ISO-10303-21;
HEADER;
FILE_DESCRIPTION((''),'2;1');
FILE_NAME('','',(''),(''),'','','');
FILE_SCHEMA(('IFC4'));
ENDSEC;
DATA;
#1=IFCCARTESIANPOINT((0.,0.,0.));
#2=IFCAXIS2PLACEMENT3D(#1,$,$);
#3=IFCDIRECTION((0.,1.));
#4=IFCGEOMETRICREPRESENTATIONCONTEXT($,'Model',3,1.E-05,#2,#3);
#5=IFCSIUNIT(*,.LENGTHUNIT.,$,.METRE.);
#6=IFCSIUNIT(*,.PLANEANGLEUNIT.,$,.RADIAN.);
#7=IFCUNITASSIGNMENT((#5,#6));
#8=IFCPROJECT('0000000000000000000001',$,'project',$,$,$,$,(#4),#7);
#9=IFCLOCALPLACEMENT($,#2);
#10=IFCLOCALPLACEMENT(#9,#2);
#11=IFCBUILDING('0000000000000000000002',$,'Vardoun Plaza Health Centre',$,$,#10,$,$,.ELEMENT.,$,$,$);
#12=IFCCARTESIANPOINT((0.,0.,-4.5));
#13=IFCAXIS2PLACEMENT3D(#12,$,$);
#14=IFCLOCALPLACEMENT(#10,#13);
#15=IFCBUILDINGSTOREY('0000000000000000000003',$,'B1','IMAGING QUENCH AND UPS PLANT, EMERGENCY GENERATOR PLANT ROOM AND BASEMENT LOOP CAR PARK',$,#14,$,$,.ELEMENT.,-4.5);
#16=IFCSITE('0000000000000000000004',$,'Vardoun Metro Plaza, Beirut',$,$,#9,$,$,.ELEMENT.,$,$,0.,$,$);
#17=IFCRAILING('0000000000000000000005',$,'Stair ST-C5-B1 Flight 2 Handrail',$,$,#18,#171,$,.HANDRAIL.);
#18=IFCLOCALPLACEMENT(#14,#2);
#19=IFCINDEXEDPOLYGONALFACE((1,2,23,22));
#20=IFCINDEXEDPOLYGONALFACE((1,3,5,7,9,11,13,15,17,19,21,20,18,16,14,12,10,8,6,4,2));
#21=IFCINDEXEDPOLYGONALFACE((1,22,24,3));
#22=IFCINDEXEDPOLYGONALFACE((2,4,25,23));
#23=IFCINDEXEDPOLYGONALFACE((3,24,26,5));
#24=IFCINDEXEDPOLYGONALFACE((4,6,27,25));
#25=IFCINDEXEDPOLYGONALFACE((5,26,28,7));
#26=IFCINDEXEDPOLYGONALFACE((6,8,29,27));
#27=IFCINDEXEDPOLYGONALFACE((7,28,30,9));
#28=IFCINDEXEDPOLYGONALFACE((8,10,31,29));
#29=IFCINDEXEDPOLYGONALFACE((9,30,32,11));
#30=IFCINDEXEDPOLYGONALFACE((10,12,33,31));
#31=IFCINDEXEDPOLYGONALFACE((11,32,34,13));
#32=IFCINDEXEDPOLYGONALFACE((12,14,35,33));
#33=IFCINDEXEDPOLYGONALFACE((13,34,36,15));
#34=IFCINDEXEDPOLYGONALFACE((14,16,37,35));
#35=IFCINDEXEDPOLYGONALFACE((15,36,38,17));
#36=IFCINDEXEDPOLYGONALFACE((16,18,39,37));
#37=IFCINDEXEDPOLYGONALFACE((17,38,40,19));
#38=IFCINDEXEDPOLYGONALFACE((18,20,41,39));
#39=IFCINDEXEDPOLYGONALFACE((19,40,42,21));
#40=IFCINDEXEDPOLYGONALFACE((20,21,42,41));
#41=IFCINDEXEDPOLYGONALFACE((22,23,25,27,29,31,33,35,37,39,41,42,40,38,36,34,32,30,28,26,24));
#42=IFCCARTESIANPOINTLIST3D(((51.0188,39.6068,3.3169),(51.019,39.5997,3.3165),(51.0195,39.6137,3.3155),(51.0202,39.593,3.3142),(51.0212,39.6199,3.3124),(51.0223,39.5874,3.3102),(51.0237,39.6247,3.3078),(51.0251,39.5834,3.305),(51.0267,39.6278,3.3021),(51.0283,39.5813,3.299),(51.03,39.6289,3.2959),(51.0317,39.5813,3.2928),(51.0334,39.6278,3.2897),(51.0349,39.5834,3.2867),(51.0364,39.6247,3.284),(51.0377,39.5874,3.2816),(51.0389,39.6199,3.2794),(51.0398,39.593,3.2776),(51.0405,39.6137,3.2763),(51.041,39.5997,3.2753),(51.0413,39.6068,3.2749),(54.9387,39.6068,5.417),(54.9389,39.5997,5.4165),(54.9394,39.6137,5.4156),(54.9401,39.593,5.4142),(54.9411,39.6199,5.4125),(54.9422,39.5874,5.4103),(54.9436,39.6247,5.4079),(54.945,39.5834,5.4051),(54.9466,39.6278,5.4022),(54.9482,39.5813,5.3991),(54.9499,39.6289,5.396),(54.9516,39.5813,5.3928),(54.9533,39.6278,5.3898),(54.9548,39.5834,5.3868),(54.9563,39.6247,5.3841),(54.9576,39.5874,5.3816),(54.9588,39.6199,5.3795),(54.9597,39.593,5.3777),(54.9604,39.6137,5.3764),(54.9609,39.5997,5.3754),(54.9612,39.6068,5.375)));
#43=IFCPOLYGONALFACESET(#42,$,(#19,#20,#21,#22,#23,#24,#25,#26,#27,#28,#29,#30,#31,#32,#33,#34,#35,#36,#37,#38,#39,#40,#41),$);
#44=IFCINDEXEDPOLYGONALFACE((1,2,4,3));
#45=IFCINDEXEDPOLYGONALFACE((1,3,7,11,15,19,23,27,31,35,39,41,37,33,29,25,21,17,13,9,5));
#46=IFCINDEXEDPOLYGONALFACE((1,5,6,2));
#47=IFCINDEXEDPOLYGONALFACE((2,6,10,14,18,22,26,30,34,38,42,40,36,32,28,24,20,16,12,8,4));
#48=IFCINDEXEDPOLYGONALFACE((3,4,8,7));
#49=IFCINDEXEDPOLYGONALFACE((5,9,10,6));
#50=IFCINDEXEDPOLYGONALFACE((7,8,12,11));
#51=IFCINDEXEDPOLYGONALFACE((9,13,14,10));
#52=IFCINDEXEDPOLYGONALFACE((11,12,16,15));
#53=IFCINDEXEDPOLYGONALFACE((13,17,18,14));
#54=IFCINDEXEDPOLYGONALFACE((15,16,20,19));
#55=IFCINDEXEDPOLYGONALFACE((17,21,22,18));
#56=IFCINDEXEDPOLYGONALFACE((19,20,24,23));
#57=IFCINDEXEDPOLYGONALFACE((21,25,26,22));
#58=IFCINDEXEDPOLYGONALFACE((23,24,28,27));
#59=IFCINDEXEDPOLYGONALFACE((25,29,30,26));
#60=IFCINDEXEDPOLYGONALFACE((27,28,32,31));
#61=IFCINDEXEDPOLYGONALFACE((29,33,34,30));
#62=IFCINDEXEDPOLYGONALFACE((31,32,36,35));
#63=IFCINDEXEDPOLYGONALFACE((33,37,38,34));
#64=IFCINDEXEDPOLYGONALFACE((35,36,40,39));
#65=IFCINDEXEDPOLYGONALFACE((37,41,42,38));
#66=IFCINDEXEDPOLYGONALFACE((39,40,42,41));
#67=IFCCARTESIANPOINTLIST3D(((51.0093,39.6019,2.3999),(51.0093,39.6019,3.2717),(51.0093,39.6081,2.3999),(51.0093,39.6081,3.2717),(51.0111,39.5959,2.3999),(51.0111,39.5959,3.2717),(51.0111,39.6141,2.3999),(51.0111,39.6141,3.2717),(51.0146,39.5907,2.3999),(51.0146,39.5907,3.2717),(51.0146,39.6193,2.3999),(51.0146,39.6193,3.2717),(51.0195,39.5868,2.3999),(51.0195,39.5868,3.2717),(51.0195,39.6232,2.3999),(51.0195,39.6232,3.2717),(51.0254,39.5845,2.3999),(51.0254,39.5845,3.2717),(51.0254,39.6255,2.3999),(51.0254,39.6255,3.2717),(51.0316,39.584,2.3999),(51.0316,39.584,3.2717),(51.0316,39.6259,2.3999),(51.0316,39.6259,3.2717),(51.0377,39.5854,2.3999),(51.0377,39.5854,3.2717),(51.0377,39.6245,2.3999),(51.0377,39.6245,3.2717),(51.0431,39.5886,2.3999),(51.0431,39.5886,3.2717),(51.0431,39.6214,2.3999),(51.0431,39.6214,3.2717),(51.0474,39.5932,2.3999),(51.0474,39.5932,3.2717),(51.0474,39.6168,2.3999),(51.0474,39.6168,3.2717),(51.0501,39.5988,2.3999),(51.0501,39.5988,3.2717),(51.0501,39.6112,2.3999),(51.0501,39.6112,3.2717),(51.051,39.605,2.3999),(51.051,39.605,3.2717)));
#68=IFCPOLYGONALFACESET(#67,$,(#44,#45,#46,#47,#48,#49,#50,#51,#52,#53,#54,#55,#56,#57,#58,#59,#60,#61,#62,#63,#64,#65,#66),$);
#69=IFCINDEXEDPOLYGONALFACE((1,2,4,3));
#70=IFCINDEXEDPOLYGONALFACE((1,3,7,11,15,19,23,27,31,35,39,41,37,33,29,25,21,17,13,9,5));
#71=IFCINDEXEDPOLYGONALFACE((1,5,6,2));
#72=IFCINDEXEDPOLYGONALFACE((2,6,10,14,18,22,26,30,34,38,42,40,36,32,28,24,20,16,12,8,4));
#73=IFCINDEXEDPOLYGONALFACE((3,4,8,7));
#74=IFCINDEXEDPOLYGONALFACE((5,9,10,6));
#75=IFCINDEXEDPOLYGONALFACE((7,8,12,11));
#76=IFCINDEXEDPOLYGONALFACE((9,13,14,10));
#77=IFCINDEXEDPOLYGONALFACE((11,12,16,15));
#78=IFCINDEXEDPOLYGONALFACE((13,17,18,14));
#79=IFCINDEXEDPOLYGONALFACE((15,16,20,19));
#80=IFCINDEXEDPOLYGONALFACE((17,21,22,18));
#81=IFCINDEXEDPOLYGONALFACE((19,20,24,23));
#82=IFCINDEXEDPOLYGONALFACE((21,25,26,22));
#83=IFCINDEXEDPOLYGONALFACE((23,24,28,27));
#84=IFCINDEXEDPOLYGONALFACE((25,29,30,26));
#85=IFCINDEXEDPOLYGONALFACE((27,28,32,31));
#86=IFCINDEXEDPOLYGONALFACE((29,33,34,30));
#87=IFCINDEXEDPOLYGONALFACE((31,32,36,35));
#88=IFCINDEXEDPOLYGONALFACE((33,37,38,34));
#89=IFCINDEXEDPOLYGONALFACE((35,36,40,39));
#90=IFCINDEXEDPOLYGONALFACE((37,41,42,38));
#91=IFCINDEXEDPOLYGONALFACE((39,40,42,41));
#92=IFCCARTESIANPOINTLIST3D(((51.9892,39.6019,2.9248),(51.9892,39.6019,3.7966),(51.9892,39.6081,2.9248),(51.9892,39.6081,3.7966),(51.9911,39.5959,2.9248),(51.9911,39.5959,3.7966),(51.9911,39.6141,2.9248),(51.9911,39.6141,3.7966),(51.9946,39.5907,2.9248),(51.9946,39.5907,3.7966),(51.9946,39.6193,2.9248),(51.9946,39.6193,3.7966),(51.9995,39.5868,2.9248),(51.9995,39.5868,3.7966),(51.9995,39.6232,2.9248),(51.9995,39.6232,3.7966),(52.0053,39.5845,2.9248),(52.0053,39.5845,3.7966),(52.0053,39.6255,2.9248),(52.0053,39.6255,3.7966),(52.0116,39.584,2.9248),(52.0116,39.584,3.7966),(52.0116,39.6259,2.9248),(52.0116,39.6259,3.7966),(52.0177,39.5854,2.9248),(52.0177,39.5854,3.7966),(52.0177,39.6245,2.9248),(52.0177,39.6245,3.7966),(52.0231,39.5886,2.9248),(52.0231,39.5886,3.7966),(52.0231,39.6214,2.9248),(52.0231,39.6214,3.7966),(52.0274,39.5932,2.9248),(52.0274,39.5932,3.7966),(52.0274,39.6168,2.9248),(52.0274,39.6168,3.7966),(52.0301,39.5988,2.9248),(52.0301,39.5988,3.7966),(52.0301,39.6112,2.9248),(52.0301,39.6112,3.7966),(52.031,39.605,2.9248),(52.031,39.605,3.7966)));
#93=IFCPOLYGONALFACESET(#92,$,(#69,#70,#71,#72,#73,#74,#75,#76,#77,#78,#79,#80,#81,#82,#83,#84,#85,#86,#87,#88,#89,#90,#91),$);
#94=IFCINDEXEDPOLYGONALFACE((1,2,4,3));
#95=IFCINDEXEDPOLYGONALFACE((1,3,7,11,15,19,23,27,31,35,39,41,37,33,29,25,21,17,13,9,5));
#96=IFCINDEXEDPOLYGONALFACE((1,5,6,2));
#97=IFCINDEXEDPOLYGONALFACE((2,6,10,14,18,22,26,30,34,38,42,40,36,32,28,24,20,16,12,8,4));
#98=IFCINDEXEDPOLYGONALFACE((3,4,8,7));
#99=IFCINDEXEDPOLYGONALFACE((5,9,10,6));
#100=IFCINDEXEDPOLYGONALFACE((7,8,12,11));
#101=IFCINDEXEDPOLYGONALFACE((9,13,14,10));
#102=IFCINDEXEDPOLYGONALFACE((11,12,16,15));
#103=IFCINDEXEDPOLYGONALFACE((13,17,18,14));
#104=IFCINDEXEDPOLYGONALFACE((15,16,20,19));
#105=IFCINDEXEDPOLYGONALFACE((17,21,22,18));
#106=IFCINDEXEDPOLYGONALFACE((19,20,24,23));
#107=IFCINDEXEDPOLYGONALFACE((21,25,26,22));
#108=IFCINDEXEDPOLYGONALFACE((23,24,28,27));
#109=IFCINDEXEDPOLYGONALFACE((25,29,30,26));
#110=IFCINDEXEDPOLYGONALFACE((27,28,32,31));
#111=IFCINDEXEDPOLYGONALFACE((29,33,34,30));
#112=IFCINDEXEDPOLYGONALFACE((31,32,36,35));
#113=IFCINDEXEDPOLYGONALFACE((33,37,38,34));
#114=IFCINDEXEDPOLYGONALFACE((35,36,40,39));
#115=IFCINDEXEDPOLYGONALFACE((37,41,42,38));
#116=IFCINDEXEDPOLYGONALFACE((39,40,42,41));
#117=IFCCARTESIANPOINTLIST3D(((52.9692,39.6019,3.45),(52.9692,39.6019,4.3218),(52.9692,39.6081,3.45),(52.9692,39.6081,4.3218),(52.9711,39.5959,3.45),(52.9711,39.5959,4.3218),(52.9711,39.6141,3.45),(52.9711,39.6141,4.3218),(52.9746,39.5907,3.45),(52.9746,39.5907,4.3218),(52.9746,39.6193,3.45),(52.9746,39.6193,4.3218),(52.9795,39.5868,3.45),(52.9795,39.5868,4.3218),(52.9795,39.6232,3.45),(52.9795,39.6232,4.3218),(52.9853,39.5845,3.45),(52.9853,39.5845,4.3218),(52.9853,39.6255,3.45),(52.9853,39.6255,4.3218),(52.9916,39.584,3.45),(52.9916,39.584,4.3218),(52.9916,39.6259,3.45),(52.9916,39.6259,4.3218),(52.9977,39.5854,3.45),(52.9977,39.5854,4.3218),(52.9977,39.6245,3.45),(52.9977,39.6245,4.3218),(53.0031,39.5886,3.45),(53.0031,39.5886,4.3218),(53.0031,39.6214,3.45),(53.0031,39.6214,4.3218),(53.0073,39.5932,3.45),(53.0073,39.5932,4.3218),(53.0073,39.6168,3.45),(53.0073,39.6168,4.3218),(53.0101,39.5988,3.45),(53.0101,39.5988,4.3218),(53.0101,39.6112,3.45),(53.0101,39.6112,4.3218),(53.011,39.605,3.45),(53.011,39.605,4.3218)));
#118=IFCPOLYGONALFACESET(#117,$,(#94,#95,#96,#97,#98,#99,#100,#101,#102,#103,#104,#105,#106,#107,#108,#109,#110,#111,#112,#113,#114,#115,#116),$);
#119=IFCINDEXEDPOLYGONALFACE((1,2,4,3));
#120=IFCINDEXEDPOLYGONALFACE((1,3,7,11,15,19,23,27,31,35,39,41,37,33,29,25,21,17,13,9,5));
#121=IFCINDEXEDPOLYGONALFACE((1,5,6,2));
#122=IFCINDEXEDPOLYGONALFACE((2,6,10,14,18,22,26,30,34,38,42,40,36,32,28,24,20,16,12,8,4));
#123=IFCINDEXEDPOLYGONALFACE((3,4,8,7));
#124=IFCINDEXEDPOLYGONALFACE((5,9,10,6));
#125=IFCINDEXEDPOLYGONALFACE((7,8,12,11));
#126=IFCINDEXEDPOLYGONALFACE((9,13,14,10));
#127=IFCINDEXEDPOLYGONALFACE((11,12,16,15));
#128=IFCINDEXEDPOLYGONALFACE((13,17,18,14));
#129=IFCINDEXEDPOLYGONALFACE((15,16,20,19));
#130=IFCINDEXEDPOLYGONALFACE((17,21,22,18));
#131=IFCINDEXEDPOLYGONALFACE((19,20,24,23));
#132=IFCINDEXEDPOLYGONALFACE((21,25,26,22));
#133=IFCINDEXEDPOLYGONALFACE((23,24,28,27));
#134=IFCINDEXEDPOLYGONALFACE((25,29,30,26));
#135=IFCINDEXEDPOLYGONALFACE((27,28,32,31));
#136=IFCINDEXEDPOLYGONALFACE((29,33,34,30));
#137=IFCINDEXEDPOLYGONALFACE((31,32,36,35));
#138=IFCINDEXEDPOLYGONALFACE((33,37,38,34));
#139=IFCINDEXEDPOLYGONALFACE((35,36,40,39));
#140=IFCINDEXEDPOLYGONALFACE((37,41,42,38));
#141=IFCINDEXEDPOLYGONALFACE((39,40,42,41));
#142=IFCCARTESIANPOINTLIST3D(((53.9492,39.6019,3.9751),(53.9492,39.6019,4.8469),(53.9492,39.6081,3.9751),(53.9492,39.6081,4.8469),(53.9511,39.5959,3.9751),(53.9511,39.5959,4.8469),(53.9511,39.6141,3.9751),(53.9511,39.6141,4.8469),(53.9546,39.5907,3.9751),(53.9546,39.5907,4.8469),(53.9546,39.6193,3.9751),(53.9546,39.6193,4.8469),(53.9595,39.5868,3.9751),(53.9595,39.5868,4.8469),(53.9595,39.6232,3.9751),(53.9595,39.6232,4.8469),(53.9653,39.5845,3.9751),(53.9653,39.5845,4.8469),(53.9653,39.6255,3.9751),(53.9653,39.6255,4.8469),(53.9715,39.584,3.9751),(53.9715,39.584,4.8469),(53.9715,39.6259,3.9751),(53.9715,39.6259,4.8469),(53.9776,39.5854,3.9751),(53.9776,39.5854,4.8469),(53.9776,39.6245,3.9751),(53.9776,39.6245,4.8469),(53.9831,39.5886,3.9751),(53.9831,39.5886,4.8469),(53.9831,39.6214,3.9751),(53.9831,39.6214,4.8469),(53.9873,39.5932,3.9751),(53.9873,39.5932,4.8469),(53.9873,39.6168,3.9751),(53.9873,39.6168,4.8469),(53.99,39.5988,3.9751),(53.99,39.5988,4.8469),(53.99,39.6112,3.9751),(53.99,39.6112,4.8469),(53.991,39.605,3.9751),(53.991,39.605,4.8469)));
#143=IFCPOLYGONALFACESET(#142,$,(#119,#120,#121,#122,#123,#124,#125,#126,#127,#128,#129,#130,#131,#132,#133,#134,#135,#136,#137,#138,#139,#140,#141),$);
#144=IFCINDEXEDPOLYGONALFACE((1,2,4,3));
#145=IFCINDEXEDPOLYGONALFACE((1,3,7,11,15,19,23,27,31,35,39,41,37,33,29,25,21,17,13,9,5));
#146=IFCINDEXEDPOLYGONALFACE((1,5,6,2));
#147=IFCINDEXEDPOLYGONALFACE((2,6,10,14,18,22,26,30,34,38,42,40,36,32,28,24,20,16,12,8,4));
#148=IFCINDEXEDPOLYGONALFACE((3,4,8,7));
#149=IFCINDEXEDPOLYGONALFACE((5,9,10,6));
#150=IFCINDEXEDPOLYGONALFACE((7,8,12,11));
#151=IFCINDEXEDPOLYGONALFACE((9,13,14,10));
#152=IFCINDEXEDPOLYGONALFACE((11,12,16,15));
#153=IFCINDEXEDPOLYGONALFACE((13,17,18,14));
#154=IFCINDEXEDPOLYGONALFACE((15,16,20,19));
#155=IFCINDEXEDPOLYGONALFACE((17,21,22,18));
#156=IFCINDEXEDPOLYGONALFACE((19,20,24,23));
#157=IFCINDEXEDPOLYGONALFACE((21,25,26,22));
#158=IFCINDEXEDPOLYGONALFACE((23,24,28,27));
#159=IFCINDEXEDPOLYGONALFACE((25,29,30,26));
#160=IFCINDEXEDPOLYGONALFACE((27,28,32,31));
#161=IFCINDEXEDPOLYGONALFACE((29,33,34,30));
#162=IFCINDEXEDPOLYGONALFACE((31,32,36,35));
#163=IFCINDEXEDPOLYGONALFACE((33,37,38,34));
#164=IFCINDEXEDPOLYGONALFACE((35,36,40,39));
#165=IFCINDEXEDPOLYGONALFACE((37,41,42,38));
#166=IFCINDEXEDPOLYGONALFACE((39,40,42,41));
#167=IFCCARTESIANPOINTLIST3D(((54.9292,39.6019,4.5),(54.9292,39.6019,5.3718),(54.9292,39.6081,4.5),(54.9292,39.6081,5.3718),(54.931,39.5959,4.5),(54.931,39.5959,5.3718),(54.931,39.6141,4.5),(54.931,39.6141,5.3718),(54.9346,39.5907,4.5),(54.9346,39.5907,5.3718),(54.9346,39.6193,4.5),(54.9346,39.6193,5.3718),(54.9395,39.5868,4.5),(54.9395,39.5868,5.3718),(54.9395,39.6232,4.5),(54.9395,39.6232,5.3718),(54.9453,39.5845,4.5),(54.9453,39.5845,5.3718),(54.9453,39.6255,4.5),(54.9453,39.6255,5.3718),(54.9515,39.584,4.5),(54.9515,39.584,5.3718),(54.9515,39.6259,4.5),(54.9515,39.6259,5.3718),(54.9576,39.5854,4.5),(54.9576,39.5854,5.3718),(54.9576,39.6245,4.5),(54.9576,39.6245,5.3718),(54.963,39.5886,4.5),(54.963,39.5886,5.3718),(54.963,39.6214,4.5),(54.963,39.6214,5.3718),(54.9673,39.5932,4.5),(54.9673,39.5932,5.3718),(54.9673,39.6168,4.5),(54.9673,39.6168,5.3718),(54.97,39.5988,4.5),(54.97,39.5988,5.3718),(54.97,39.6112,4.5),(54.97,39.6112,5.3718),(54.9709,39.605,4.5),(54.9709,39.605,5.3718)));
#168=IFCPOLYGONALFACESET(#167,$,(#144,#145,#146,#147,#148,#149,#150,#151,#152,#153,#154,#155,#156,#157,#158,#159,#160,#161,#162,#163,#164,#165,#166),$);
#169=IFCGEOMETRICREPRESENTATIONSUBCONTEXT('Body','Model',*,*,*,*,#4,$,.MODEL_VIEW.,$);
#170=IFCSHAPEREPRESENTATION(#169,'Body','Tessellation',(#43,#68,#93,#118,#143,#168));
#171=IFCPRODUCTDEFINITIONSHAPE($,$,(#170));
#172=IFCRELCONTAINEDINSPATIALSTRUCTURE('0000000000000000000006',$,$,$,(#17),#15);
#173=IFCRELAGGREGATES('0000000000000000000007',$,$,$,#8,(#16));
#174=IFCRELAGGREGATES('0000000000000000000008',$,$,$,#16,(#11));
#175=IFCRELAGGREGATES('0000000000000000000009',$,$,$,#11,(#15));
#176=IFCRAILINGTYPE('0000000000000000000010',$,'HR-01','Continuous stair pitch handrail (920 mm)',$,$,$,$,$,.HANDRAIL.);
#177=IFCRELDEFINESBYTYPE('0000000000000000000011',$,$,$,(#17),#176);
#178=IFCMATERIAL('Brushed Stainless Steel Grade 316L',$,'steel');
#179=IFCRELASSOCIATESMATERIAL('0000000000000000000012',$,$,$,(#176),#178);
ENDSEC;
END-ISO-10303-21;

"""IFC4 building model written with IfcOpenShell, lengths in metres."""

from ifc_helpers import new_model, si_unit, direction, frame, origin, origin_2d, place, context, subcontext, project, spatial, circle, extrude, material, type_object, element, save


model = new_model("IFC4")

# Units and contexts
model_context = context("Model", 3, precision=1e-05, world=origin(), true_north=direction((0.0, 1.0)))
body_context = subcontext(model_context, "Body", "Model", "MODEL_VIEW")
ifc_project = project(units=[si_unit("LENGTHUNIT", "METRE"), si_unit("PLANEANGLEUNIT", "RADIAN")], contexts=[model_context])

# Site, building, storey
site_placement = place(None, origin())
site = spatial("IfcSite", under=ifc_project, at=site_placement, Name="Vardoun Metro Plaza, Beirut", CompositionType="ELEMENT", RefElevation=0.0)
building_placement = place(site_placement, origin())
building = spatial("IfcBuilding", under=site, at=building_placement, Name="Vardoun Plaza Health Centre", CompositionType="ELEMENT")
storey_placement = place(building_placement, frame((0.0, 0.0, -4.5)))
storey = spatial("IfcBuildingStorey", under=building, at=storey_placement, Name="B1", Description="IMAGING QUENCH AND UPS PLANT, EMERGENCY GENERATOR PLANT ROOM AND BASEMENT LOOP CAR PARK", CompositionType="ELEMENT", Elevation=-4.5)

# Railing
ifc_material_1 = material(Name="Brushed Stainless Steel Grade 316L", Category="steel")
railing_type_1 = type_object("IfcRailingType", Name="HR-01", Description="Continuous stair pitch handrail (920 mm)", PredefinedType="HANDRAIL", material=ifc_material_1)
railing_1_placement = place(storey_placement, frame((51.03, 39.605, 2.3999)))
element("IfcRailing", 1, at=railing_1_placement, inside=storey, type_object=railing_type_1, Name="Stair ST-C5-B1 Flight 2 Handrail", PredefinedType="HANDRAIL", context=body_context, shape_type="SweptSolid", body=[
    extrude(circle(Radius=0.0239, at=origin_2d()), frame((0.0, 0.0, 0.896), z_axis=(0.881467, 0.0, 0.472246), x_axis=(0.0, 1.0, 0.0)), (0.0, 0.0, 1.0), 4.447),
    extrude(circle(Radius=0.021, at=origin_2d()), origin(), (0.0, 0.0, 1.0), 0.8718),
    extrude(circle(Radius=0.021, at=origin_2d()), frame((0.98, 0.0, 0.5249)), (0.0, 0.0, 1.0), 0.8718),
    extrude(circle(Radius=0.021, at=origin_2d()), frame((1.96, 0.0, 1.05)), (0.0, 0.0, 1.0), 0.8718),
    extrude(circle(Radius=0.021, at=origin_2d()), frame((2.9399, 0.0, 1.5752)), (0.0, 0.0, 1.0), 0.8718),
    extrude(circle(Radius=0.021, at=origin_2d()), frame((3.9199, 0.0, 2.1001)), (0.0, 0.0, 1.0), 0.8718),
])

save(model, "model.ifc")
